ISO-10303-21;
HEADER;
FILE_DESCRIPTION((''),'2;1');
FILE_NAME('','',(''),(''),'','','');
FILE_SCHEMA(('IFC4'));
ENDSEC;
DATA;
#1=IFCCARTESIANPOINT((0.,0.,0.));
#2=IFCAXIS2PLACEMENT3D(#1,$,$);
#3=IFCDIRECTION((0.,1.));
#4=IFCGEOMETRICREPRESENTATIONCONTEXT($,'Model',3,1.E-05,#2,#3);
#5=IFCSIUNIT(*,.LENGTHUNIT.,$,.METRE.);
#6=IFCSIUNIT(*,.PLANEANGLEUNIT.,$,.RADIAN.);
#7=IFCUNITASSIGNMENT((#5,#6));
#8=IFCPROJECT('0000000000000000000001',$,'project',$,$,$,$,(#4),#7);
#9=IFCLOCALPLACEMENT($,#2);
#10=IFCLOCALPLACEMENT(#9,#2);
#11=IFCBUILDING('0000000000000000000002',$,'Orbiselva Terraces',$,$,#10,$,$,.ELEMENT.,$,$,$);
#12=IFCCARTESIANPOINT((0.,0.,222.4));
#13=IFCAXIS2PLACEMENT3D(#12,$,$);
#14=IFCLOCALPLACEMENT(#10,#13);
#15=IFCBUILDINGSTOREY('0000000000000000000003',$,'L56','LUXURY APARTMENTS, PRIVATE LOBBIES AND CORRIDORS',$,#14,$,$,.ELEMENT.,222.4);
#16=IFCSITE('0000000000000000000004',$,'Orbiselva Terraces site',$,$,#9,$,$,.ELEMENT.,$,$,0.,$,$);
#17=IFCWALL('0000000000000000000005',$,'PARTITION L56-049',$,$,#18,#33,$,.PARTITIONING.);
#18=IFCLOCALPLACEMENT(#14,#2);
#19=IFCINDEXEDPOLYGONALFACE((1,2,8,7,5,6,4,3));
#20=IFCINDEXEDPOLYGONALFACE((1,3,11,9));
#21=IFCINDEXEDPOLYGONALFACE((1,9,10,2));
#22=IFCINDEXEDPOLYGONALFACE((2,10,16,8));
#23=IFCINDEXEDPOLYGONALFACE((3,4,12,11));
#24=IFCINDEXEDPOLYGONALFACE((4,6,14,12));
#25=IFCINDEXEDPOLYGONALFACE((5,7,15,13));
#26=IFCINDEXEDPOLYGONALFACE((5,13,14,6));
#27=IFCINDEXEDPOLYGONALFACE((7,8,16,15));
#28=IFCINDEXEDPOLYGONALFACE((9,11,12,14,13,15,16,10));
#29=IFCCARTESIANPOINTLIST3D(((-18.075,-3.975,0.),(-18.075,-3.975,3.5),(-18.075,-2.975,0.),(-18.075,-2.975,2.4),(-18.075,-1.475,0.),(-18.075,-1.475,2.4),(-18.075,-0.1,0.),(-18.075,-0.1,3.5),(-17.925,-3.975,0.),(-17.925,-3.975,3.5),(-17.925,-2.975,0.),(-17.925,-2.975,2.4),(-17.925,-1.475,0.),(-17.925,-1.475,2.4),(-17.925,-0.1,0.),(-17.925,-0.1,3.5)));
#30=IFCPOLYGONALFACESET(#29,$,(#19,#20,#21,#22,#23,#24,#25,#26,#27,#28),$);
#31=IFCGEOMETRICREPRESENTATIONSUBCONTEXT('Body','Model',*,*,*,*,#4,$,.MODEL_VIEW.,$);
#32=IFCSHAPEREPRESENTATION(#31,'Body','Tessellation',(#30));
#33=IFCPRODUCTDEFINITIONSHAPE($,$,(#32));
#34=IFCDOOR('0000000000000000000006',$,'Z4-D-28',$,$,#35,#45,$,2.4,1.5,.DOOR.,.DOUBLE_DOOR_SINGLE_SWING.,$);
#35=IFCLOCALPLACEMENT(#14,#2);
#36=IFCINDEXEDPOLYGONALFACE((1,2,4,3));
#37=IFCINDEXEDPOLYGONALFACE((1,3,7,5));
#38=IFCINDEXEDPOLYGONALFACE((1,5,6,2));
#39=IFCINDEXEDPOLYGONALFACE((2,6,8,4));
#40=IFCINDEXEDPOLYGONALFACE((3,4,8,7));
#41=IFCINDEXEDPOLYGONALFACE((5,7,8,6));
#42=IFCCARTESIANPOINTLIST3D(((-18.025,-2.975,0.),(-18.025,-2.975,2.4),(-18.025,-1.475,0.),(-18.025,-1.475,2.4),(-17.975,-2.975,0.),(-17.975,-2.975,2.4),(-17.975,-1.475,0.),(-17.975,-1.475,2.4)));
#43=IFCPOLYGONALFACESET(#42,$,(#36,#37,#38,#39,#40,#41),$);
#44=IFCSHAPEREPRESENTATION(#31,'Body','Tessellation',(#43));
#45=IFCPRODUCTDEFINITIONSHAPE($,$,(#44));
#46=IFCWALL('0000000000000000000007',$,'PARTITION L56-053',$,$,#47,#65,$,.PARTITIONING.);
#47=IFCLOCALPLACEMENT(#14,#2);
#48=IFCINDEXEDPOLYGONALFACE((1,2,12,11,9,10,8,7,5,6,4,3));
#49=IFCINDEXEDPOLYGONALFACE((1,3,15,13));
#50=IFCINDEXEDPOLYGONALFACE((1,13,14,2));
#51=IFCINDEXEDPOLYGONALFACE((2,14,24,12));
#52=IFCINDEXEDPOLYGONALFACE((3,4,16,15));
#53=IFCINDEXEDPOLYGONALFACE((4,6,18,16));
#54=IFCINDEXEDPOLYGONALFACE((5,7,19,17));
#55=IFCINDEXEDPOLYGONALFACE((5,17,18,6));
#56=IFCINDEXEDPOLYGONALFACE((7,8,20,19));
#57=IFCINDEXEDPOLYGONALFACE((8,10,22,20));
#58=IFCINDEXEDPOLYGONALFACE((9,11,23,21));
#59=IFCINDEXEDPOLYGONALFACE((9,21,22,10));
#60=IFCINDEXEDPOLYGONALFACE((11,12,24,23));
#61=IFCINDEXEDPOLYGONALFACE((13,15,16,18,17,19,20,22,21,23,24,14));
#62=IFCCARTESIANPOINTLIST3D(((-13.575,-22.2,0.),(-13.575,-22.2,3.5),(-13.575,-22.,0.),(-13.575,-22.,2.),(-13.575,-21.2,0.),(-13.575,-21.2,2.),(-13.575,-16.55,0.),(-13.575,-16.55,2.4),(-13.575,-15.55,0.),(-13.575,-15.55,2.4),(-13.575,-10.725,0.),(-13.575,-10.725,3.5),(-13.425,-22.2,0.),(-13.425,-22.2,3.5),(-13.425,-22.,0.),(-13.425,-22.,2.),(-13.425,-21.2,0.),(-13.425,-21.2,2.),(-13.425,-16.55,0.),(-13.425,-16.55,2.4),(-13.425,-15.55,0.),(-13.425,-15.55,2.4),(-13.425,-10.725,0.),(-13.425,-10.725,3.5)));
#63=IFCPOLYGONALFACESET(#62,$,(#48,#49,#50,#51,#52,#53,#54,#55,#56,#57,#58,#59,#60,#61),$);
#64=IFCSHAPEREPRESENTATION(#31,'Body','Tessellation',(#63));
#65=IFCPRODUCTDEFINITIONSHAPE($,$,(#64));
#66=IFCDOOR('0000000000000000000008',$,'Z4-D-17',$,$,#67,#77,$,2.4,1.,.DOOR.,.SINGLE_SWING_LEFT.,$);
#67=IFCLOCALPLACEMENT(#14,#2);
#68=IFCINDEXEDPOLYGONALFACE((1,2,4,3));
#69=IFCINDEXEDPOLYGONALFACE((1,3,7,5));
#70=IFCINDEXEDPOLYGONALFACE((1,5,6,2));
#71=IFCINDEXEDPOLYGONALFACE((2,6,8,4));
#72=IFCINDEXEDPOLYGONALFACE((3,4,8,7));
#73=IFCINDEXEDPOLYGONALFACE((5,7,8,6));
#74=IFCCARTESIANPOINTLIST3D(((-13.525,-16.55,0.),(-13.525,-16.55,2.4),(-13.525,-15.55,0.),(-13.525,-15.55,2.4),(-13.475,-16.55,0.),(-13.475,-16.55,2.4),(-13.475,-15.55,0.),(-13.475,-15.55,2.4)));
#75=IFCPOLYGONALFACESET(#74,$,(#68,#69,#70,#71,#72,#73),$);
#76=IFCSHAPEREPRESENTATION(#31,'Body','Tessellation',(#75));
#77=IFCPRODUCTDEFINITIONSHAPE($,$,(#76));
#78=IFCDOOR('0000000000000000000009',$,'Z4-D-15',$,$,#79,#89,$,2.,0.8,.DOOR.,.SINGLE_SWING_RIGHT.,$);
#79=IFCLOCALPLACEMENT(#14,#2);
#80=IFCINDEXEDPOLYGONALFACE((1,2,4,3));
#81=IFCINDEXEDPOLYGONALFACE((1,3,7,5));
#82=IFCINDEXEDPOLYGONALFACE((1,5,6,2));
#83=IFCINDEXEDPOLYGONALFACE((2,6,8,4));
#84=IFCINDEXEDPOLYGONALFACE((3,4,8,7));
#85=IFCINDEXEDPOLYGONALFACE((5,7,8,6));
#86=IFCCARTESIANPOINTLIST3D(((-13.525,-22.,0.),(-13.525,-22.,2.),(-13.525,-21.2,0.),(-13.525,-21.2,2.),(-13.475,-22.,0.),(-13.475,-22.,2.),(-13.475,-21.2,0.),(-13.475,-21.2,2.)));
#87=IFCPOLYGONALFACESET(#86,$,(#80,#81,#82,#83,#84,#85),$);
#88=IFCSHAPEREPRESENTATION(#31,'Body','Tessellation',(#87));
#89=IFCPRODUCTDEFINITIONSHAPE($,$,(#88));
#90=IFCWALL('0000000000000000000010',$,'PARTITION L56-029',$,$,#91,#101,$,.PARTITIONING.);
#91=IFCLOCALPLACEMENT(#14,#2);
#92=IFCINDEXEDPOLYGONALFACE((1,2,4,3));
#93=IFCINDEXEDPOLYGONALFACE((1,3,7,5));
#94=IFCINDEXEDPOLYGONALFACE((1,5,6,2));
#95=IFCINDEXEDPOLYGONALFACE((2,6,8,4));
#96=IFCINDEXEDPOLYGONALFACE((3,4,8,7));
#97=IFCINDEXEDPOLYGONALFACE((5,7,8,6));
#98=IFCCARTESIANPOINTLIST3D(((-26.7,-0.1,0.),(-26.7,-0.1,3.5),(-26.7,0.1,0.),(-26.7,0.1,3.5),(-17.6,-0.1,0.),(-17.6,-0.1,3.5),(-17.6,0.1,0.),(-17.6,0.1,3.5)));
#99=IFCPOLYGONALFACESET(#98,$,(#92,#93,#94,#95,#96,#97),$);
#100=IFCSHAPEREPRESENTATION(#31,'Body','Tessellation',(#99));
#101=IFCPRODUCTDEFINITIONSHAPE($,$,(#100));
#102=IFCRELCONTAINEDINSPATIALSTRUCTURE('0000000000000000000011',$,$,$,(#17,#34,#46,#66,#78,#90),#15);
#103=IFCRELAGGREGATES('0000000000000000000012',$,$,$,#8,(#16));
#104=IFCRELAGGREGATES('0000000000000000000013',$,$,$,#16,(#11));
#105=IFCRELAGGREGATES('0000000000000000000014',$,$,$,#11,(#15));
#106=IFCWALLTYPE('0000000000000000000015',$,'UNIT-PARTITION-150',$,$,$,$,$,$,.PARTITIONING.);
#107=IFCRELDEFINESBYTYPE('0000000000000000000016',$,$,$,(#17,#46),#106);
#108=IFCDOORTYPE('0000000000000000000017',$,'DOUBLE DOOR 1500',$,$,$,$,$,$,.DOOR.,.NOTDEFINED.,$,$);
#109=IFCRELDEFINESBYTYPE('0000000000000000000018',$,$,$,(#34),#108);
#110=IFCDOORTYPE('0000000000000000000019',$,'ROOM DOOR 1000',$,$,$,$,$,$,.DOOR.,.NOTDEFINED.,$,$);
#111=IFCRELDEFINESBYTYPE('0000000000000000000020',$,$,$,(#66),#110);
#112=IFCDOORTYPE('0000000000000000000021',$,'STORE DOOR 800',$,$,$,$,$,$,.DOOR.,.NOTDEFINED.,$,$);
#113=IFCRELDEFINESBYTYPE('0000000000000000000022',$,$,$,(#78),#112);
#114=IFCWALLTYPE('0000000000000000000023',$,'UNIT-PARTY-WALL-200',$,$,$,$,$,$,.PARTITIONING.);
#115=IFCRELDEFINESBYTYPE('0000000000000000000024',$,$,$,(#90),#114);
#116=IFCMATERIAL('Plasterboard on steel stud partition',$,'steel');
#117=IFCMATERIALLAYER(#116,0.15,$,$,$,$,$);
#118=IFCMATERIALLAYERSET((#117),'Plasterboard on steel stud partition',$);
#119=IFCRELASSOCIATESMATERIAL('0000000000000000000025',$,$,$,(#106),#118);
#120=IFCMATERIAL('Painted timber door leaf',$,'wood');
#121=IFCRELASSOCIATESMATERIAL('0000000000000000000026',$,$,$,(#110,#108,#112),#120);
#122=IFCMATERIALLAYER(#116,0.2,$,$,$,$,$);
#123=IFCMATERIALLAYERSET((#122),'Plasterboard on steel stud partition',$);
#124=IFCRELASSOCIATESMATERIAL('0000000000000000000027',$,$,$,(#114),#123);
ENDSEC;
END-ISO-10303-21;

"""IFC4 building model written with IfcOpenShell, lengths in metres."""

from ifc_helpers import new_model, si_unit, direction, frame, frame_2d, origin, place, context, subcontext, project, spatial, rectangle, extrude, material, layer, layer_set, type_object, element, fill, save


model = new_model("IFC4")

# Units and contexts
model_context = context("Model", 3, precision=1e-05, world=origin(), true_north=direction((0.0, 1.0)))
body_context = subcontext(model_context, "Body", "Model", "MODEL_VIEW")
ifc_project = project(units=[si_unit("LENGTHUNIT", "METRE"), si_unit("PLANEANGLEUNIT", "RADIAN")], contexts=[model_context])

# Site, building, storey
site_placement = place(None, origin())
site = spatial("IfcSite", under=ifc_project, at=site_placement, Name="Orbiselva Terraces site", CompositionType="ELEMENT", RefElevation=0.0)
building_placement = place(site_placement, origin())
building = spatial("IfcBuilding", under=site, at=building_placement, Name="Orbiselva Terraces", CompositionType="ELEMENT")
storey_placement = place(building_placement, frame((0.0, 0.0, 222.4)))
storey = spatial("IfcBuildingStorey", under=building, at=storey_placement, Name="L56", Description="LUXURY APARTMENTS, PRIVATE LOBBIES AND CORRIDORS", CompositionType="ELEMENT", Elevation=222.4)

# Shared definitions
ifc_material_1 = material(Name="Plasterboard on steel stud partition", Category="steel")
ifc_layer_1 = layer(ifc_material_1, 0.15)
ifc_layer_set_1 = layer_set([ifc_layer_1], Name="Plasterboard on steel stud partition")
wall_type_1 = type_object("IfcWallType", Name="UNIT-PARTITION-150", PredefinedType="PARTITIONING", material=ifc_layer_set_1)

# Shared definitions
ifc_material_2 = material(Name="Painted timber door leaf", Category="wood")
door_type_1 = type_object("IfcDoorType", Name="ROOM DOOR 1000", OperationType="NOTDEFINED", PredefinedType="DOOR", material=ifc_material_2)

# Wall, opening, door
wall_1_placement = place(storey_placement, frame((-18.0, -3.975, 0.0), z_axis=(0.0, 0.0, 1.0), x_axis=(0.0, 1.0, 0.0)))
wall_1 = element("IfcWall", 1, at=wall_1_placement, inside=storey, type_object=wall_type_1, Name="PARTITION L56-049", PredefinedType="PARTITIONING", context=body_context, shape_type="SweptSolid", body=[
    extrude(rectangle(XDim=3.875, YDim=0.15, at=frame_2d((1.9375, 0.0))), origin(), (0.0, 0.0, 1.0), 3.5),
])
opening_1_placement = place(wall_1_placement, frame((1.0, 0.0, 0.0)))
opening_1 = element("IfcOpeningElement", 2, at=opening_1_placement, cuts=wall_1, PredefinedType="OPENING", context=body_context, shape_type="SweptSolid", body=[
    extrude(rectangle(XDim=1.5, YDim=2.4, at=frame_2d((0.75, 1.2))), frame((0.0, 0.085, 0.0), z_axis=(0.0, -1.0, 0.0), x_axis=(1.0, 0.0, 0.0)), (0.0, 0.0, 1.0), 0.17),
])
door_type_2 = type_object("IfcDoorType", Name="DOUBLE DOOR 1500", OperationType="NOTDEFINED", PredefinedType="DOOR", material=ifc_material_2)
door_1_placement = place(opening_1_placement, origin())
door_1 = element("IfcDoor", 3, at=door_1_placement, inside=storey, type_object=door_type_2, Name="Z4-D-28", OperationType="DOUBLE_DOOR_SINGLE_SWING", OverallHeight=2.4, OverallWidth=1.5, PredefinedType="DOOR", context=body_context, shape_type="SweptSolid", body=[
    extrude(rectangle(XDim=1.5, YDim=2.4, at=frame_2d((0.75, 1.2))), frame((0.0, 0.025, 0.0), z_axis=(0.0, -1.0, 0.0), x_axis=(1.0, 0.0, 0.0)), (0.0, 0.0, 1.0), 0.05),
])
fill(opening_1, door_1)

# Wall, openings, doors
wall_2_placement = place(storey_placement, frame((-13.5, -10.725, 0.0), z_axis=(0.0, 0.0, 1.0), x_axis=(0.0, -1.0, 0.0)))
wall_2 = element("IfcWall", 4, at=wall_2_placement, inside=storey, type_object=wall_type_1, Name="PARTITION L56-053", PredefinedType="PARTITIONING", context=body_context, shape_type="SweptSolid", body=[
    extrude(rectangle(XDim=11.475, YDim=0.15, at=frame_2d((5.7375, 0.0))), origin(), (0.0, 0.0, 1.0), 3.5),
])
opening_2_placement = place(wall_2_placement, frame((10.475, 0.0, 0.0)))
opening_2 = element("IfcOpeningElement", 5, at=opening_2_placement, cuts=wall_2, PredefinedType="OPENING", context=body_context, shape_type="SweptSolid", body=[
    extrude(rectangle(XDim=0.8, YDim=2.0, at=frame_2d((0.4, 1.0))), frame((0.0, 0.085, 0.0), z_axis=(0.0, -1.0, 0.0), x_axis=(1.0, 0.0, 0.0)), (0.0, 0.0, 1.0), 0.17),
])
opening_3_placement = place(wall_2_placement, frame((4.825, 0.0, 0.0)))
opening_3 = element("IfcOpeningElement", 6, at=opening_3_placement, cuts=wall_2, PredefinedType="OPENING", context=body_context, shape_type="SweptSolid", body=[
    extrude(rectangle(XDim=1.0, YDim=2.4, at=frame_2d((0.5, 1.2))), frame((0.0, 0.085, 0.0), z_axis=(0.0, -1.0, 0.0), x_axis=(1.0, 0.0, 0.0)), (0.0, 0.0, 1.0), 0.17),
])
door_2_placement = place(opening_3_placement, origin())
door_2 = element("IfcDoor", 7, at=door_2_placement, inside=storey, type_object=door_type_1, Name="Z4-D-17", OperationType="SINGLE_SWING_LEFT", OverallHeight=2.4, OverallWidth=1.0, PredefinedType="DOOR", context=body_context, shape_type="SweptSolid", body=[
    extrude(rectangle(XDim=1.0, YDim=2.4, at=frame_2d((0.5, 1.2))), frame((0.0, 0.025, 0.0), z_axis=(0.0, -1.0, 0.0), x_axis=(1.0, 0.0, 0.0)), (0.0, 0.0, 1.0), 0.05),
])
fill(opening_3, door_2)
door_type_3 = type_object("IfcDoorType", Name="STORE DOOR 800", OperationType="NOTDEFINED", PredefinedType="DOOR", material=ifc_material_2)
door_3_placement = place(opening_2_placement, origin())
door_3 = element("IfcDoor", 8, at=door_3_placement, inside=storey, type_object=door_type_3, Name="Z4-D-15", OperationType="SINGLE_SWING_RIGHT", OverallHeight=2.0, OverallWidth=0.8, PredefinedType="DOOR", context=body_context, shape_type="SweptSolid", body=[
    extrude(rectangle(XDim=0.8, YDim=2.0, at=frame_2d((0.4, 1.0))), frame((0.0, 0.025, 0.0), z_axis=(0.0, -1.0, 0.0), x_axis=(1.0, 0.0, 0.0)), (0.0, 0.0, 1.0), 0.05),
])
fill(opening_2, door_3)

# Wall
ifc_layer_2 = layer(ifc_material_1, 0.2)
ifc_layer_set_2 = layer_set([ifc_layer_2], Name="Plasterboard on steel stud partition")
wall_type_2 = type_object("IfcWallType", Name="UNIT-PARTY-WALL-200", PredefinedType="PARTITIONING", material=ifc_layer_set_2)
wall_3_placement = place(storey_placement, frame((-26.7, 0.0, 0.0), z_axis=(0.0, 0.0, 1.0), x_axis=(1.0, 0.0, 0.0)))
element("IfcWall", 9, at=wall_3_placement, inside=storey, type_object=wall_type_2, Name="PARTITION L56-029", PredefinedType="PARTITIONING", context=body_context, shape_type="SweptSolid", body=[
    extrude(rectangle(XDim=9.1, YDim=0.2, at=frame_2d((4.55, 0.0))), origin(), (0.0, 0.0, 1.0), 3.5),
])

save(model, "model.ifc")
